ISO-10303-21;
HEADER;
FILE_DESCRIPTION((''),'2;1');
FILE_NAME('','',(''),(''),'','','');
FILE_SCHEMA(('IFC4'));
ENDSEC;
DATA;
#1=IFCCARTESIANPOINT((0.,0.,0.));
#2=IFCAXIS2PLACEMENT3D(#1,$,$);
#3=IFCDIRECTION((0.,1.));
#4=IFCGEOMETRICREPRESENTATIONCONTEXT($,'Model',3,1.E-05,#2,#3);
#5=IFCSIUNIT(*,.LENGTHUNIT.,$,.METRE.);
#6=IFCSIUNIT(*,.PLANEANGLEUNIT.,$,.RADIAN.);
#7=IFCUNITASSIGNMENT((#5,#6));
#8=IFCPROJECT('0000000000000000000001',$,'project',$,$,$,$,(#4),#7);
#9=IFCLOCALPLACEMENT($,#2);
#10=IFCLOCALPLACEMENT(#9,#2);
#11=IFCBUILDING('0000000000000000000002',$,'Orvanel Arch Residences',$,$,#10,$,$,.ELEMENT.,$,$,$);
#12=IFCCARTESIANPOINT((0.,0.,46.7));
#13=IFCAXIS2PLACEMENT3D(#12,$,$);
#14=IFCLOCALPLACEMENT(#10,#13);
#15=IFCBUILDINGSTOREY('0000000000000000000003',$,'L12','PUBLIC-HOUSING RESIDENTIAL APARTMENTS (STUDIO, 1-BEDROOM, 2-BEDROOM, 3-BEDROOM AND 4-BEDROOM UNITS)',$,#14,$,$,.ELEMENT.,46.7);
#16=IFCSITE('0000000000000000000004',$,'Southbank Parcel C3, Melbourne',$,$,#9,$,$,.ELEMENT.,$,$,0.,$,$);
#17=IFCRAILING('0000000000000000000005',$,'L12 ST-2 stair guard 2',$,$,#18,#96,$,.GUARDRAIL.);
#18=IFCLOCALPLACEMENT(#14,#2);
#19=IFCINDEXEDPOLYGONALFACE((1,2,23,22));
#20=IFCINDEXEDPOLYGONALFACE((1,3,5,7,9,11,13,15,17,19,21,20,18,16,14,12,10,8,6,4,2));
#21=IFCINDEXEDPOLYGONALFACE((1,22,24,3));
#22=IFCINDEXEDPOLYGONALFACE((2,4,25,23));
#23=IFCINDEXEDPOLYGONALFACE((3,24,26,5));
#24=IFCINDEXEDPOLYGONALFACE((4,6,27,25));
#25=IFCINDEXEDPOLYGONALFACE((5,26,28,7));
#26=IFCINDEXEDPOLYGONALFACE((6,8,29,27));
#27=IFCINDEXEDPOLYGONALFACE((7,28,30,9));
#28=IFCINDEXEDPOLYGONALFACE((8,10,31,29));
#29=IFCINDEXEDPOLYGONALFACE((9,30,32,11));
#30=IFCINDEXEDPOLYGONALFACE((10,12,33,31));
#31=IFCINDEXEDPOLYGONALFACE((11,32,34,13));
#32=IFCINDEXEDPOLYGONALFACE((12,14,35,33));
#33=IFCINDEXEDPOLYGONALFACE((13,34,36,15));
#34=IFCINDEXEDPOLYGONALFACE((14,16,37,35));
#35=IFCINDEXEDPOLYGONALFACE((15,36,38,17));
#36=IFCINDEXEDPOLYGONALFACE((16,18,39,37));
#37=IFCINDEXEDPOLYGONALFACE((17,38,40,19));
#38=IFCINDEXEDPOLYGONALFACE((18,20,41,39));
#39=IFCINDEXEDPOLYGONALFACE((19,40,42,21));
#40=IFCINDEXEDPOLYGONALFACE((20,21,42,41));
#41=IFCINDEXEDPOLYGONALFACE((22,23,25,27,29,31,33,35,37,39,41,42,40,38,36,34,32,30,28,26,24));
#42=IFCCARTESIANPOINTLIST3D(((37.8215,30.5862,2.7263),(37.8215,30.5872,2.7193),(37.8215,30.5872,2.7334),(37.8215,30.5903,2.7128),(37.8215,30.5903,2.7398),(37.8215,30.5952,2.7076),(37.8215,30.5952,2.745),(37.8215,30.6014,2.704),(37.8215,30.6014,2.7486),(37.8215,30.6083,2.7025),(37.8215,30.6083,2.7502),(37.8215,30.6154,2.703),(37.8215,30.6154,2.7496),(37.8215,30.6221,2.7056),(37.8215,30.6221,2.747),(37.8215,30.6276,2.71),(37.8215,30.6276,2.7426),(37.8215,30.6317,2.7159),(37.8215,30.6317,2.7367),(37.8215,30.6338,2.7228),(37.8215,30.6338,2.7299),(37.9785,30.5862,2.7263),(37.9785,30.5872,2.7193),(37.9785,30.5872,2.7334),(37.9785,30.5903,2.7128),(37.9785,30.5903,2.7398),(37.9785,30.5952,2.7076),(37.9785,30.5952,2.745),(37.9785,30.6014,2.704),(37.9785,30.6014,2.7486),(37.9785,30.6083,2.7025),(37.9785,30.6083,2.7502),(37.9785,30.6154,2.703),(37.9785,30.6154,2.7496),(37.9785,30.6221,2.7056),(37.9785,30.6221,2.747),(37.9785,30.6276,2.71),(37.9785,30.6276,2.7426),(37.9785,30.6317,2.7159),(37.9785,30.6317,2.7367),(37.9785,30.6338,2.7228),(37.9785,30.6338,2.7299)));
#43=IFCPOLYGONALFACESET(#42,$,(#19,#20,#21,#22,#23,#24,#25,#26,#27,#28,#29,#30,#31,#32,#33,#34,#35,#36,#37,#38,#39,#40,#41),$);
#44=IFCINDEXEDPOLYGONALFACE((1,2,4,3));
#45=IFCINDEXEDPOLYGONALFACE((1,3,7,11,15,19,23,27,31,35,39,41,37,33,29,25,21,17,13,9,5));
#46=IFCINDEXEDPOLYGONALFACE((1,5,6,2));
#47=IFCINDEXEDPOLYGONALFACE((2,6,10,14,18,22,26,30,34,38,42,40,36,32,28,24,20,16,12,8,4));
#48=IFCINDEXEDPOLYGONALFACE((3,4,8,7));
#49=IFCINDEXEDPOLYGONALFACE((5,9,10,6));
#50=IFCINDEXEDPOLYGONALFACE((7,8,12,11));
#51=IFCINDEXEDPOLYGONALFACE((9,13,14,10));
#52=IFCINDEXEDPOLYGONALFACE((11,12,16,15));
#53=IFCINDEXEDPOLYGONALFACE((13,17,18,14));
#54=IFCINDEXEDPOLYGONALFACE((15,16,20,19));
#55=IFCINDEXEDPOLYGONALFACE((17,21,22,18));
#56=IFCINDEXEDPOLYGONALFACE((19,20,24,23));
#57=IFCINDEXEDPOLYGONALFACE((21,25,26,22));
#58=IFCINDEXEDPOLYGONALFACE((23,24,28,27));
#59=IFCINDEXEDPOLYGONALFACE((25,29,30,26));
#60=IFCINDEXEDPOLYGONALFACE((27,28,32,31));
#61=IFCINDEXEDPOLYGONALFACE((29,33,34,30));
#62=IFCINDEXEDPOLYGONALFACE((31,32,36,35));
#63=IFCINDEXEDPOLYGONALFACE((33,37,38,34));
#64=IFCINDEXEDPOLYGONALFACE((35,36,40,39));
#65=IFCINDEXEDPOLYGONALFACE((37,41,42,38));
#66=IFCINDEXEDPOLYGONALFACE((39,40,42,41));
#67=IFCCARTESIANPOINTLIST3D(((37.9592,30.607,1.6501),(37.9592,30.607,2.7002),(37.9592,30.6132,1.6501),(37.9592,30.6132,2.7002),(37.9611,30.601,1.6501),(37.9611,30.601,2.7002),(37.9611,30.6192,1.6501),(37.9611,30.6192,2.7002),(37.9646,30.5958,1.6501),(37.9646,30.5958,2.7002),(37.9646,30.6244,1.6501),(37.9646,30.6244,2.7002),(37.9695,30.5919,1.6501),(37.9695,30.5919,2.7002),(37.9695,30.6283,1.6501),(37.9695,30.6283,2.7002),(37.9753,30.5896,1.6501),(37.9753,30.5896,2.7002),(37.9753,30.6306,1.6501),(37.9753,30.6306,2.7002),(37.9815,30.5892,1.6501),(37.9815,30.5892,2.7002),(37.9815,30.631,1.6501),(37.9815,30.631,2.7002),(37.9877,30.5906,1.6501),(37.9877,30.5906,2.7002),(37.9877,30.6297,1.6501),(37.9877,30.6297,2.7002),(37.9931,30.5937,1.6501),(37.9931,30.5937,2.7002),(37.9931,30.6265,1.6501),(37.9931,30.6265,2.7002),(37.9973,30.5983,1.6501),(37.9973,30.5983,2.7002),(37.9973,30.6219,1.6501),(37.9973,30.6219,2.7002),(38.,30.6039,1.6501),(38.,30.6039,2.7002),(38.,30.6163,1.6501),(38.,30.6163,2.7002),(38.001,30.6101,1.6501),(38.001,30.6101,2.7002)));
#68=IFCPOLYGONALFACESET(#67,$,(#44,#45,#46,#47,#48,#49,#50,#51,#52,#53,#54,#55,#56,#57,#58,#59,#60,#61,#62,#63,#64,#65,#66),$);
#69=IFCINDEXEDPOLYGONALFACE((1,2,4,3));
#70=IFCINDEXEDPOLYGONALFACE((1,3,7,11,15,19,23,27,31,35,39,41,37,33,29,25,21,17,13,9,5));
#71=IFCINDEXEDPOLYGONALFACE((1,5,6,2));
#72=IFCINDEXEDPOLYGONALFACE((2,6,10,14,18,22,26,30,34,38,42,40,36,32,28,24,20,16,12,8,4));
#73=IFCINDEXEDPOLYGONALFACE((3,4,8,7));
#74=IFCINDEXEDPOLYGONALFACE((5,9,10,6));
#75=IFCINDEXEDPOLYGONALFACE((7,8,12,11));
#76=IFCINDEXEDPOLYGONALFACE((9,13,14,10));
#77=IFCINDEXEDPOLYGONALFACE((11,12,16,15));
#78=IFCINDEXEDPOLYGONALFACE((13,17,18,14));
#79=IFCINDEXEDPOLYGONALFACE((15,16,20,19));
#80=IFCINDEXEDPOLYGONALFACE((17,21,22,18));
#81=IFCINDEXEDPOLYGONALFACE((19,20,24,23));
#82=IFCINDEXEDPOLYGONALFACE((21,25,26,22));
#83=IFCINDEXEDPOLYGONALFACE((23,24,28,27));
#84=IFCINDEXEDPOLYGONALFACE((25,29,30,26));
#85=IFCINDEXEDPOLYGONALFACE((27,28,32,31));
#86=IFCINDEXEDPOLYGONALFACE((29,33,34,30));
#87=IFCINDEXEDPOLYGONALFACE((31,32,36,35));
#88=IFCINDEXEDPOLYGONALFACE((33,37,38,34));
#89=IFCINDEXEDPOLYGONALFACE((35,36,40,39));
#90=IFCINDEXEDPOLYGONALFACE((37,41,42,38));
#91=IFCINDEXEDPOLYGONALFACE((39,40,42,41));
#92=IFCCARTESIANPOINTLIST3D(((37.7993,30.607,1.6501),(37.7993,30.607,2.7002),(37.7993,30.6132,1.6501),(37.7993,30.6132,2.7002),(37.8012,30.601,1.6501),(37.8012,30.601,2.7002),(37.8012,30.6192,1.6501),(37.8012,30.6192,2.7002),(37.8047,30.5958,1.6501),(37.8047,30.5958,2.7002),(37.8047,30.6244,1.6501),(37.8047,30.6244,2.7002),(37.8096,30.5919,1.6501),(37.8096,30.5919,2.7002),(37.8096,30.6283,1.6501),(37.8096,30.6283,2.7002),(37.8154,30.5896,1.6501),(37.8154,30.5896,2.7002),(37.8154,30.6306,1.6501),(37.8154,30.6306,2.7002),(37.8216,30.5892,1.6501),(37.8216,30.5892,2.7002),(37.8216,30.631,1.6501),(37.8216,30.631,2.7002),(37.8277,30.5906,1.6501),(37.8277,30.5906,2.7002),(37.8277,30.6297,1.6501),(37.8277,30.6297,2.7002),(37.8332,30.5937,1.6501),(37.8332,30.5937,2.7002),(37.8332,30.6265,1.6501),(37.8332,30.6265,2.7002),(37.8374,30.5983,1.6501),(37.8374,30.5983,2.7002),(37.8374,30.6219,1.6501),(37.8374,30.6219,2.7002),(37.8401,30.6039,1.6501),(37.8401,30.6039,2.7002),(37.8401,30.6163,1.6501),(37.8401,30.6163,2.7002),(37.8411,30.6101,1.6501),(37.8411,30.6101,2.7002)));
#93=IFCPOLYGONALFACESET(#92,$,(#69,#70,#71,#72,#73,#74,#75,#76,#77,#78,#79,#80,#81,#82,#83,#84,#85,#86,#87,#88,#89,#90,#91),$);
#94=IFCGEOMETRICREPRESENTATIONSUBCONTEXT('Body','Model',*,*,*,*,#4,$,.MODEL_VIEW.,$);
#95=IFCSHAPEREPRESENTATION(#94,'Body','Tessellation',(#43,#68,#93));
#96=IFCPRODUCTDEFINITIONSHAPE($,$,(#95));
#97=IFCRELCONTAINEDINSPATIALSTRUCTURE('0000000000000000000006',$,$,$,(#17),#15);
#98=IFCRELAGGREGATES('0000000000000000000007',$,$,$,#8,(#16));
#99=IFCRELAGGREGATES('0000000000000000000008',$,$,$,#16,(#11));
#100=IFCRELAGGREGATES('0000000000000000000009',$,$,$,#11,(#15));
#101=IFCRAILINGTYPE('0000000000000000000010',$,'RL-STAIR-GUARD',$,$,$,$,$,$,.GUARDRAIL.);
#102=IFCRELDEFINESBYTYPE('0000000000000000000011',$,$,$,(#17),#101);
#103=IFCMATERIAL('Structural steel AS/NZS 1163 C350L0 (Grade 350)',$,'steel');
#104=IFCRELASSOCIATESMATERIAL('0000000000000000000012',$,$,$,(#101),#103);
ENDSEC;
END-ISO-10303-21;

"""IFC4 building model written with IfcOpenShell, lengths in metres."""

from ifc_helpers import new_model, si_unit, direction, frame, origin, origin_2d, place, context, subcontext, project, spatial, circle, extrude, material, type_object, element, save


model = new_model("IFC4")

# Units and contexts
model_context = context("Model", 3, precision=1e-05, world=origin(), true_north=direction((0.0, 1.0)))
body_context = subcontext(model_context, "Body", "Model", "MODEL_VIEW")
ifc_project = project(units=[si_unit("LENGTHUNIT", "METRE"), si_unit("PLANEANGLEUNIT", "RADIAN")], contexts=[model_context])

# Site, building, storey
site_placement = place(None, origin())
site = spatial("IfcSite", under=ifc_project, at=site_placement, Name="Southbank Parcel C3, Melbourne", CompositionType="ELEMENT", RefElevation=0.0)
building_placement = place(site_placement, origin())
building = spatial("IfcBuilding", under=site, at=building_placement, Name="Orvanel Arch Residences", CompositionType="ELEMENT")
storey_placement = place(building_placement, frame((0.0, 0.0, 46.7)))
storey = spatial("IfcBuildingStorey", under=building, at=storey_placement, Name="L12", Description="PUBLIC-HOUSING RESIDENTIAL APARTMENTS (STUDIO, 1-BEDROOM, 2-BEDROOM, 3-BEDROOM AND 4-BEDROOM UNITS)", CompositionType="ELEMENT", Elevation=46.7)

# Railing
ifc_material_1 = material(Name="Structural steel AS/NZS 1163 C350L0 (Grade 350)", Category="steel")
railing_type_1 = type_object("IfcRailingType", Name="RL-STAIR-GUARD", PredefinedType="GUARDRAIL", material=ifc_material_1)
railing_1_placement = place(storey_placement, frame((37.98, 30.6101, 1.6501)))
element("IfcRailing", 1, at=railing_1_placement, inside=storey, type_object=railing_type_1, Name="L12 ST-2 stair guard 2", PredefinedType="GUARDRAIL", context=body_context, shape_type="SweptSolid", body=[
    extrude(circle(Radius=0.0239, at=origin_2d()), frame((-0.0015, 0.0, 1.0762), z_axis=(-1.0, 0.0, 0.0), x_axis=(0.0, -1.0, 0.0)), (0.0, 0.0, 1.0), 0.157),
    extrude(circle(Radius=0.021, at=origin_2d()), origin(), (0.0, 0.0, 1.0), 1.05),
    extrude(circle(Radius=0.021, at=origin_2d()), frame((-0.1599, 0.0, 0.0)), (0.0, 0.0, 1.0), 1.05),
])

save(model, "model.ifc")
